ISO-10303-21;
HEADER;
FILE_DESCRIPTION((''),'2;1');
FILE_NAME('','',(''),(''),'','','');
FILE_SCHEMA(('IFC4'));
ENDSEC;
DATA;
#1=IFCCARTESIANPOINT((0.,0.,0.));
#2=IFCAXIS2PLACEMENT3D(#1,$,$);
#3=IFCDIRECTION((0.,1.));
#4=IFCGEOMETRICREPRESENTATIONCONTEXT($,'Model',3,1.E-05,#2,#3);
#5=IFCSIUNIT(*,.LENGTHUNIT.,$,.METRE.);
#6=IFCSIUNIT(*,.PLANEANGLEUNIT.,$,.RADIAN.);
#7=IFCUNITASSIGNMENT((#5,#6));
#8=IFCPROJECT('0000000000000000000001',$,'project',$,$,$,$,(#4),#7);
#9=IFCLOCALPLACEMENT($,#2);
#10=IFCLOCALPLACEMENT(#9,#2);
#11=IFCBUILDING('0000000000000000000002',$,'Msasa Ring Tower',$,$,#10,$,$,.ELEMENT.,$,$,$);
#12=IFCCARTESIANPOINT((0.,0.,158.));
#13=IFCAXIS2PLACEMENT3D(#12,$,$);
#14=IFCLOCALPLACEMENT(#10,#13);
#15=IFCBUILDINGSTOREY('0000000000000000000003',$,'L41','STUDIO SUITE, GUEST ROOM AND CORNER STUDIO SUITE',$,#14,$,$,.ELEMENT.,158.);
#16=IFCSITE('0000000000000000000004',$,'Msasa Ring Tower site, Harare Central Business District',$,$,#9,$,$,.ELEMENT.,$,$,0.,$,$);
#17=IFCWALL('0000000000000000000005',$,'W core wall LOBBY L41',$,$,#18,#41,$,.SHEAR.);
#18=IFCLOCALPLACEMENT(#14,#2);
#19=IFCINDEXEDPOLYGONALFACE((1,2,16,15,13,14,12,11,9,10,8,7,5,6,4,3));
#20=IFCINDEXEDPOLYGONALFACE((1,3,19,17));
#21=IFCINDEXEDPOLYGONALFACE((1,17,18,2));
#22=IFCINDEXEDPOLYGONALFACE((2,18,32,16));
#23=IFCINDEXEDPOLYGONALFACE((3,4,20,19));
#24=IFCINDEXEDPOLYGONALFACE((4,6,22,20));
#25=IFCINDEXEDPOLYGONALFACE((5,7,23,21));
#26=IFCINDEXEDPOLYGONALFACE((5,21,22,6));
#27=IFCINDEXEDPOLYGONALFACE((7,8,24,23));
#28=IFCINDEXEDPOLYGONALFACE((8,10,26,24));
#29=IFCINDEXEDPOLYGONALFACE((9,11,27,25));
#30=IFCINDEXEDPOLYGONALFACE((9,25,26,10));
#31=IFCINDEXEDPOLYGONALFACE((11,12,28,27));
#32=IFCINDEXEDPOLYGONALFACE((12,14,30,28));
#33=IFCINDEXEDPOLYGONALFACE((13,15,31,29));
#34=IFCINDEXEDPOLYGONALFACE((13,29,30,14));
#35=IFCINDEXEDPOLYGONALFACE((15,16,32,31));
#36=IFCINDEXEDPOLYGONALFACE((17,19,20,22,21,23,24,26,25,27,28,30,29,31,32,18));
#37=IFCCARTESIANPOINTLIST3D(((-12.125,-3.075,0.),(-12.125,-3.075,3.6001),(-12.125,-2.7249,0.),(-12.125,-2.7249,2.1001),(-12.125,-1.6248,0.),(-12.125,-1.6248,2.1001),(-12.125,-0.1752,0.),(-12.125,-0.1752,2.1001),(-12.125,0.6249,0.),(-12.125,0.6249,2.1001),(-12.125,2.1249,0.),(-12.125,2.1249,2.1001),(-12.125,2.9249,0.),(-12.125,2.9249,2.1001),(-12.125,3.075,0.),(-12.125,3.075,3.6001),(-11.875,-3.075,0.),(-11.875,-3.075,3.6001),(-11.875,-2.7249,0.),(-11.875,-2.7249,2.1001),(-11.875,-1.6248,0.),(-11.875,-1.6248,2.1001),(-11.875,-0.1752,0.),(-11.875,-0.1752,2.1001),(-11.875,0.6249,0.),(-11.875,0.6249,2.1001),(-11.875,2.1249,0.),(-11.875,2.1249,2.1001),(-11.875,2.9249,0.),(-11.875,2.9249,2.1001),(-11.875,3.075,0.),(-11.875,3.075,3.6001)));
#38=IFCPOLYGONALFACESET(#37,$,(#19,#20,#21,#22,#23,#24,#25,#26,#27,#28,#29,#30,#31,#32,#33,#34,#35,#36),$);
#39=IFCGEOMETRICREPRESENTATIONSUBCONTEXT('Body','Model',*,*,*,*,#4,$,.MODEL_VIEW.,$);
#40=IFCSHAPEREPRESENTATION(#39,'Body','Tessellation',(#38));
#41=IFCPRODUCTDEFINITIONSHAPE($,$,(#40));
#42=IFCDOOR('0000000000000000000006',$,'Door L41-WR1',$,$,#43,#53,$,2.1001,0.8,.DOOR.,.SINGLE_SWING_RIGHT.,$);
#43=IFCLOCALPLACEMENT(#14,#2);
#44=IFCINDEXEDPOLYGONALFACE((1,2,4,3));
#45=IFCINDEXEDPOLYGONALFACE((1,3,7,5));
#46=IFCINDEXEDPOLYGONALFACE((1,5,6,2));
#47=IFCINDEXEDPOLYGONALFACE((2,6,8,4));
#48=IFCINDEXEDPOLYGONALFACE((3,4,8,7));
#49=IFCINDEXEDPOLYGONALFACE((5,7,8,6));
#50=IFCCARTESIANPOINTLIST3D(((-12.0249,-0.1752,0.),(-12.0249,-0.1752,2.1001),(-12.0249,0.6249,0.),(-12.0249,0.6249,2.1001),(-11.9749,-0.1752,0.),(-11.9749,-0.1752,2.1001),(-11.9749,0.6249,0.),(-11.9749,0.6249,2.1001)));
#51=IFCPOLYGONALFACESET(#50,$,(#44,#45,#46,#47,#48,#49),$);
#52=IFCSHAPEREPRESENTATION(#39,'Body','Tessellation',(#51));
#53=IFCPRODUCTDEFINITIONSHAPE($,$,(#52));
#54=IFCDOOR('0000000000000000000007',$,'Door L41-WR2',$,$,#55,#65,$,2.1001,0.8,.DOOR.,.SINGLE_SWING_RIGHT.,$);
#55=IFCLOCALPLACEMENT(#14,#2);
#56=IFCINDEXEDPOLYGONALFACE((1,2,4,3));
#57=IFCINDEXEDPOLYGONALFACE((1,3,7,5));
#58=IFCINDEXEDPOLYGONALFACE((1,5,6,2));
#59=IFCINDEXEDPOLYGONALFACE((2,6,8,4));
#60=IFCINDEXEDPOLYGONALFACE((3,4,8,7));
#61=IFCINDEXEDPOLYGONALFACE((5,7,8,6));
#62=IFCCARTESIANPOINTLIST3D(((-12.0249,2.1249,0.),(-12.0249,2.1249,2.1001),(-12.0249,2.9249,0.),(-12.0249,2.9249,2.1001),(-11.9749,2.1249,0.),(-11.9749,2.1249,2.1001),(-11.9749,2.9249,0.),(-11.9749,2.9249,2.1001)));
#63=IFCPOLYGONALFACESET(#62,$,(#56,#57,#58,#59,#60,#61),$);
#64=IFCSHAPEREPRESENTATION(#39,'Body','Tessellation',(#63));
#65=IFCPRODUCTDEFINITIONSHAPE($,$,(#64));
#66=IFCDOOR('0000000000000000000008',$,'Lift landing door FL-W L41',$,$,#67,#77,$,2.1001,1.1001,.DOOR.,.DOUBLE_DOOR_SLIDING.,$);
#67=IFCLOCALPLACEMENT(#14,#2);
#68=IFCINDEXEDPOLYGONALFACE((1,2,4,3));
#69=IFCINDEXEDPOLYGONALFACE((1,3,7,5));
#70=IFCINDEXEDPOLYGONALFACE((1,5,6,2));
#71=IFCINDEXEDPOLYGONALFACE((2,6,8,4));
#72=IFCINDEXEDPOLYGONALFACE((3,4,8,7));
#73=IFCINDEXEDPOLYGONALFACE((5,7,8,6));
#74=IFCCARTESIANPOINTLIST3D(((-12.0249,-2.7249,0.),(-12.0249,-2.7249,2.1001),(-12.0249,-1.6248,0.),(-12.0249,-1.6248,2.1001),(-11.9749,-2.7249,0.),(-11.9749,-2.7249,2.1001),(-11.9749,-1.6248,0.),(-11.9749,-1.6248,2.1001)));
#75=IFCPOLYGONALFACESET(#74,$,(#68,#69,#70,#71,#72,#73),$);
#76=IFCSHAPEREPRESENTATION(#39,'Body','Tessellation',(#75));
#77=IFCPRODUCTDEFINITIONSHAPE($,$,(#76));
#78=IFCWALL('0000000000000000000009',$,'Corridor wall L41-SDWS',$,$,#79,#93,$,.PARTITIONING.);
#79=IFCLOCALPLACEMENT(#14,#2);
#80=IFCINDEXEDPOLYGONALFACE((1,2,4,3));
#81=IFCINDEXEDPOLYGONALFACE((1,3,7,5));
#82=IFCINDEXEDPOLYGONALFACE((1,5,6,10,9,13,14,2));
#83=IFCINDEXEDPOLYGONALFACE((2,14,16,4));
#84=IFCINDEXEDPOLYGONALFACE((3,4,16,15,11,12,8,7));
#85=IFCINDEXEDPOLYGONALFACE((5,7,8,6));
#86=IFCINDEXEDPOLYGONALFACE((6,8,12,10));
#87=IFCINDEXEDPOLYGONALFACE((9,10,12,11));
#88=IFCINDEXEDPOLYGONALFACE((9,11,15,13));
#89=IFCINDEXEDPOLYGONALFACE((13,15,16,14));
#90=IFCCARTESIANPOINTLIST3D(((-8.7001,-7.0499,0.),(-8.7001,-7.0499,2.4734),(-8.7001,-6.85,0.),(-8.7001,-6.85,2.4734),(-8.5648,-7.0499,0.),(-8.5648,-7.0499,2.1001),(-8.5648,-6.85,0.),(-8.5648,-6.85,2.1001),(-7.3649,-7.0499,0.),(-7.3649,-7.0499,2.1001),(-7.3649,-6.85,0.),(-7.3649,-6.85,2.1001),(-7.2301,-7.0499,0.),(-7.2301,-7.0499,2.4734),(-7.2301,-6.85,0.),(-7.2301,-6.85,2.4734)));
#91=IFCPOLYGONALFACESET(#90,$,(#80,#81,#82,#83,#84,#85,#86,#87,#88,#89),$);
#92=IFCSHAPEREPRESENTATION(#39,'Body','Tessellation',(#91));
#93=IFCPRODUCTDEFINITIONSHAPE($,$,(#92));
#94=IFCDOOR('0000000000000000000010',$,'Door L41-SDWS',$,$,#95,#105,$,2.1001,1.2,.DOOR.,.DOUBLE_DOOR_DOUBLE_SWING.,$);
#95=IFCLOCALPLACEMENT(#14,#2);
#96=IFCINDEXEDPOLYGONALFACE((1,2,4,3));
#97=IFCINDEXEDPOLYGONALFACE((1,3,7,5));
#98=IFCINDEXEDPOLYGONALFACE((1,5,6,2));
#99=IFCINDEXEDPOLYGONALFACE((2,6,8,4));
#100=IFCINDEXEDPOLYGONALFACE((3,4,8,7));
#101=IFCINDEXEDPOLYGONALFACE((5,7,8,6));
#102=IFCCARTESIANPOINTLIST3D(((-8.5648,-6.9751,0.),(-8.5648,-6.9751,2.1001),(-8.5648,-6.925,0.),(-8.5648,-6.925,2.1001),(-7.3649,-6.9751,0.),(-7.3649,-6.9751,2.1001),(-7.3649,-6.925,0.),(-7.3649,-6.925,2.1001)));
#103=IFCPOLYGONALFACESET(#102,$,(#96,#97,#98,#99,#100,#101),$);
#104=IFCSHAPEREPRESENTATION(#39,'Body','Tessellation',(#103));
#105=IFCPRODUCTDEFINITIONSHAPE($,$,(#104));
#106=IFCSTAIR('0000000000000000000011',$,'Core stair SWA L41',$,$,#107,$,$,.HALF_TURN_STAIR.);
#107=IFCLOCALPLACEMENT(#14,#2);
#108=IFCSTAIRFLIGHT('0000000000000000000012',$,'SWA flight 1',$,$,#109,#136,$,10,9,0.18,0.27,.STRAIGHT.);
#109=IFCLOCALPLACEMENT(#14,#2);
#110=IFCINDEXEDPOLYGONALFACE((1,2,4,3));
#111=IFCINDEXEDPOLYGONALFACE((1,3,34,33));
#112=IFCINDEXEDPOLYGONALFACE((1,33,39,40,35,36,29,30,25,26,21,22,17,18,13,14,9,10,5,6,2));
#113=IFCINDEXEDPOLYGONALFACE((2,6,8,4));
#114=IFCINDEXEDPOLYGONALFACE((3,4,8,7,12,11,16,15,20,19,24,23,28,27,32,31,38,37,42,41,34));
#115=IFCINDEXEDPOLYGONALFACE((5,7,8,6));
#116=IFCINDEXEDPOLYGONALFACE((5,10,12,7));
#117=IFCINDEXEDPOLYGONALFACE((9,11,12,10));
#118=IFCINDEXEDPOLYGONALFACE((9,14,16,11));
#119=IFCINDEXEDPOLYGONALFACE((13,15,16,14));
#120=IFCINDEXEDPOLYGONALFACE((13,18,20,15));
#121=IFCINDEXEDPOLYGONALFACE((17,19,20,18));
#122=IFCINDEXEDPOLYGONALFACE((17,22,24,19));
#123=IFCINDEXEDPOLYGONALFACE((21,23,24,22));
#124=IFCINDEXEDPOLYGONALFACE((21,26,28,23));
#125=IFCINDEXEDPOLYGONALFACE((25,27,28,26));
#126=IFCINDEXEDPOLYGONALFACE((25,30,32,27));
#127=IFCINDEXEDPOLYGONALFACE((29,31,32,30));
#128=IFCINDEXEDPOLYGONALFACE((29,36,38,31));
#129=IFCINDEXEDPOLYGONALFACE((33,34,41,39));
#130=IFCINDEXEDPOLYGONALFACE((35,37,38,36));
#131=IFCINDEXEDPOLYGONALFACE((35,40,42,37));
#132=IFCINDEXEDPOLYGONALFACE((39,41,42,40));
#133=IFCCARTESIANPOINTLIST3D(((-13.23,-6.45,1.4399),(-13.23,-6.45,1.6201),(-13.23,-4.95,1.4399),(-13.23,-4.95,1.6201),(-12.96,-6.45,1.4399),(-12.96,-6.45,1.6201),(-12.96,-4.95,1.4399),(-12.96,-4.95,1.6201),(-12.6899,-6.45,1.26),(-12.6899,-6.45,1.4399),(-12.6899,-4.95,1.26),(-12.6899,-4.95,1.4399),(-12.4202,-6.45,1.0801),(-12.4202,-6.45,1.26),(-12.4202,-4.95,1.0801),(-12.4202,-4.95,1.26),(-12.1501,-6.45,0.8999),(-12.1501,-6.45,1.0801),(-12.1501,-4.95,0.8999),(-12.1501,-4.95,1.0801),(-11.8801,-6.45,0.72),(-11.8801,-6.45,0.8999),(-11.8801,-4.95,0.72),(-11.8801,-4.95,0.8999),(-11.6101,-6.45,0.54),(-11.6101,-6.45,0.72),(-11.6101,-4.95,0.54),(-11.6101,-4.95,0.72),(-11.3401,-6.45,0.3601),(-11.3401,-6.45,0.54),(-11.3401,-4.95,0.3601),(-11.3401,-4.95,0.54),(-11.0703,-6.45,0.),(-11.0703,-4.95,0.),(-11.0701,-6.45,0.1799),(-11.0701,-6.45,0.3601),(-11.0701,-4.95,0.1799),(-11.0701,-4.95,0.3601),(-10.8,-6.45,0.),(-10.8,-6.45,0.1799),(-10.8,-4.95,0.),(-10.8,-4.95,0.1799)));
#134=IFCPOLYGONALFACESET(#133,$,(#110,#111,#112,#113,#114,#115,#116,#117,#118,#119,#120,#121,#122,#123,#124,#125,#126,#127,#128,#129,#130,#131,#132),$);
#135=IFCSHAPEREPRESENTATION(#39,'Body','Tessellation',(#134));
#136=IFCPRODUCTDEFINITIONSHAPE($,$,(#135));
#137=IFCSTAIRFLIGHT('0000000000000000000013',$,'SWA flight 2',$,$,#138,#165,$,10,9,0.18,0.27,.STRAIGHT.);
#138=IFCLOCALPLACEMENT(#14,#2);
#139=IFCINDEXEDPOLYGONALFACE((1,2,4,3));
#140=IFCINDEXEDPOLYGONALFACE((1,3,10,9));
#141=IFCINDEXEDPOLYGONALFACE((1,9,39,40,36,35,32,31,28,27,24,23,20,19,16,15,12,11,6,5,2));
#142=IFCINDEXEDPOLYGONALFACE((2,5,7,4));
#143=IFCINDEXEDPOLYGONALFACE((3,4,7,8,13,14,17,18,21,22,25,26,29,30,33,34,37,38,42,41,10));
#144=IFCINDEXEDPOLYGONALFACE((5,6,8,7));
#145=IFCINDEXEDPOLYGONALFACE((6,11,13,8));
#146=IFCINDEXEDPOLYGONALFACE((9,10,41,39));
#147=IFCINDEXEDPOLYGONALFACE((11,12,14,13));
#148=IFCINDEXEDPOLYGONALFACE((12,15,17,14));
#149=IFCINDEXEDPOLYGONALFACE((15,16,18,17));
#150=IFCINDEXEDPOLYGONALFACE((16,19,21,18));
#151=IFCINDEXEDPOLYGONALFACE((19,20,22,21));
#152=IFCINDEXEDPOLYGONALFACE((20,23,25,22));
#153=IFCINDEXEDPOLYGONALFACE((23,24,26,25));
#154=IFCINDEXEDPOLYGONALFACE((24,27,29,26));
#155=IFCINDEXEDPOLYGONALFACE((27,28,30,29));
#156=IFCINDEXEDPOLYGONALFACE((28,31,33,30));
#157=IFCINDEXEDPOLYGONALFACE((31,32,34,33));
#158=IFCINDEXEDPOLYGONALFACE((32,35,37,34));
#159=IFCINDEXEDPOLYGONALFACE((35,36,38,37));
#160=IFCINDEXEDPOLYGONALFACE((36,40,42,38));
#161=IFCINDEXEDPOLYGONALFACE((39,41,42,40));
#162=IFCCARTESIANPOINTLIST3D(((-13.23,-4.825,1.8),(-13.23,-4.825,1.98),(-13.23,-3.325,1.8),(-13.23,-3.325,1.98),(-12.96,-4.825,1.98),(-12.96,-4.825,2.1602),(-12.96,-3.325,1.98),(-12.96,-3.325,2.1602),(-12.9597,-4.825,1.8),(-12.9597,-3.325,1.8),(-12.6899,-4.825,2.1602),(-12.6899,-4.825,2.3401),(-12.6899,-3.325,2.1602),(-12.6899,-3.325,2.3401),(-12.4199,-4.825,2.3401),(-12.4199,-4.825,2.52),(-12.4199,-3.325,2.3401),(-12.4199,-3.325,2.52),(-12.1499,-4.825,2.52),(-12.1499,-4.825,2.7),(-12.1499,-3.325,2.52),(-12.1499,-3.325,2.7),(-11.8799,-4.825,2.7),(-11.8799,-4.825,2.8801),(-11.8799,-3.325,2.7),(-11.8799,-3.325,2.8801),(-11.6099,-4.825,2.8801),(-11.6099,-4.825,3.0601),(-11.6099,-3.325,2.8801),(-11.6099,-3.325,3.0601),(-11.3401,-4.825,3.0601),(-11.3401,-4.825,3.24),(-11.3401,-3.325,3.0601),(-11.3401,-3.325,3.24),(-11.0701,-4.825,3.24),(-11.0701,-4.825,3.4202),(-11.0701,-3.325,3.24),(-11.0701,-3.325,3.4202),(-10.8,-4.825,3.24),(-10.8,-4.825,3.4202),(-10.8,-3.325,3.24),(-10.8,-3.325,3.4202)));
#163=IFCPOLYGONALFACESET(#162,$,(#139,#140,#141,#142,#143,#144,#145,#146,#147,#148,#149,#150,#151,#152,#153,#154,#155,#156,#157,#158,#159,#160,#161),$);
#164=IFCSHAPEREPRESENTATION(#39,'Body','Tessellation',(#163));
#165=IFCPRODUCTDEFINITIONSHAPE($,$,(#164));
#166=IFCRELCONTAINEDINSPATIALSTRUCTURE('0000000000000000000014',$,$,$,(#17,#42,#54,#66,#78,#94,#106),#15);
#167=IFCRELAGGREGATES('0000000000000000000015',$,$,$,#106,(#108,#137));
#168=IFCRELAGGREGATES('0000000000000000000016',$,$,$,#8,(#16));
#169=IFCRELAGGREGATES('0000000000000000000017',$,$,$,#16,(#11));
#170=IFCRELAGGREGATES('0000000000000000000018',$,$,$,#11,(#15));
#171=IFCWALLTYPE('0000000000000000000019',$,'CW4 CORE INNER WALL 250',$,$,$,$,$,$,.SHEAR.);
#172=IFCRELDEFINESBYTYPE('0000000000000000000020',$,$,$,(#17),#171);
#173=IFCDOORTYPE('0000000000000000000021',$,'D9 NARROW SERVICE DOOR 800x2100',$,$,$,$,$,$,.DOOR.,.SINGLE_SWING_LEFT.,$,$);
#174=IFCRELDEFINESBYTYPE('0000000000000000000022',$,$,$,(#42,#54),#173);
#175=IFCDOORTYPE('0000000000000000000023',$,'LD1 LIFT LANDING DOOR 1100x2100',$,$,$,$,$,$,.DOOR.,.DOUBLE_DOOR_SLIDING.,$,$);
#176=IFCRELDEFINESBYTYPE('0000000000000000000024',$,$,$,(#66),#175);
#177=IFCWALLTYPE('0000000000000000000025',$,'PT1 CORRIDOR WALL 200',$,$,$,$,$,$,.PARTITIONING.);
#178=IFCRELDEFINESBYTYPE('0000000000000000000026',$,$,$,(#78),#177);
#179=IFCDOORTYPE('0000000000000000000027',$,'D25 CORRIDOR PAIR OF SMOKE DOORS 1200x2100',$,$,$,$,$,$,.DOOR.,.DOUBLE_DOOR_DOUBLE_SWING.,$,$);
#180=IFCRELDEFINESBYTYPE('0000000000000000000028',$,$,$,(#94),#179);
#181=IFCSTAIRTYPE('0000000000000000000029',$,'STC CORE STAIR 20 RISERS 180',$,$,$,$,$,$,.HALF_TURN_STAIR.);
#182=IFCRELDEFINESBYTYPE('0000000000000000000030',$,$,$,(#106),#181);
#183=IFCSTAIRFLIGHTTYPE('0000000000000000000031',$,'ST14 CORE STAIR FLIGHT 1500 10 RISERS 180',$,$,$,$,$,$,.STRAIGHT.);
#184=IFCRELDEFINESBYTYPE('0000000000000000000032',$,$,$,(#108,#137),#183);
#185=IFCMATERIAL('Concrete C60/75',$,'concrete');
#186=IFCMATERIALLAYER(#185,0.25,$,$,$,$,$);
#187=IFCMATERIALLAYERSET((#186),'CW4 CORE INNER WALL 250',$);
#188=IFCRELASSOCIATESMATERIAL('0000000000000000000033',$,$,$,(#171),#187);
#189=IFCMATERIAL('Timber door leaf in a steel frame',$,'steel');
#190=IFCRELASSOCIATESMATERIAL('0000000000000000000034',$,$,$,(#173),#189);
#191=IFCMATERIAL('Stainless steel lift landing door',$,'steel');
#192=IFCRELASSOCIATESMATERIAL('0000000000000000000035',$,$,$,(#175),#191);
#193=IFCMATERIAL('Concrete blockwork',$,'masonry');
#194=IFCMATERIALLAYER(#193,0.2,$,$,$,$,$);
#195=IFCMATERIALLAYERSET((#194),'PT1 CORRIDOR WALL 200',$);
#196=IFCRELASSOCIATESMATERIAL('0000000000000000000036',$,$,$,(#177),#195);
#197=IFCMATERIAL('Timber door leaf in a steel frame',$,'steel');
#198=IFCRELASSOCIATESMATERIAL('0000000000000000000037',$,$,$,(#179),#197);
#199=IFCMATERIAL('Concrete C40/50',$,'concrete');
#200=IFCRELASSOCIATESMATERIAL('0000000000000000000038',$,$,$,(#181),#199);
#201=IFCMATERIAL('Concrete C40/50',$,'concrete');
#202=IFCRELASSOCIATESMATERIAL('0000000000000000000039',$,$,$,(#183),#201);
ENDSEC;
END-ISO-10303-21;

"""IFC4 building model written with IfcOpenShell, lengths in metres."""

from ifc_helpers import new_model, si_unit, direction, frame, frame_2d, origin, place, context, subcontext, project, spatial, polyline, rectangle, outline, extrude, material, layer, layer_set, type_object, element, fill, aggregate, save


model = new_model("IFC4")

# Units and contexts
model_context = context("Model", 3, precision=1e-05, world=origin(), true_north=direction((0.0, 1.0)))
body_context = subcontext(model_context, "Body", "Model", "MODEL_VIEW")
ifc_project = project(units=[si_unit("LENGTHUNIT", "METRE"), si_unit("PLANEANGLEUNIT", "RADIAN")], contexts=[model_context])

# Site, building, storey
site_placement = place(None, origin())
site = spatial("IfcSite", under=ifc_project, at=site_placement, Name="Msasa Ring Tower site, Harare Central Business District", CompositionType="ELEMENT", RefElevation=0.0)
building_placement = place(site_placement, origin())
building = spatial("IfcBuilding", under=site, at=building_placement, Name="Msasa Ring Tower", CompositionType="ELEMENT")
storey_placement = place(building_placement, frame((0.0, 0.0, 158.0)))
storey = spatial("IfcBuildingStorey", under=building, at=storey_placement, Name="L41", Description="STUDIO SUITE, GUEST ROOM AND CORNER STUDIO SUITE", CompositionType="ELEMENT", Elevation=158.0)

# Shared definitions
ifc_material_1 = material(Name="Concrete C60/75", Category="concrete")
ifc_layer_1 = layer(ifc_material_1, 0.25)
ifc_layer_set_1 = layer_set([ifc_layer_1], Name="CW4 CORE INNER WALL 250")
wall_type_1 = type_object("IfcWallType", Name="CW4 CORE INNER WALL 250", PredefinedType="SHEAR", material=ifc_layer_set_1)

# Wall, openings, doors
wall_1_placement = place(storey_placement, frame((-12.0, -3.075, 0.0), z_axis=(0.0, 0.0, 1.0), x_axis=(0.0, 1.0, 0.0)))
wall_1 = element("IfcWall", 1, at=wall_1_placement, inside=storey, type_object=wall_type_1, Name="W core wall LOBBY L41", PredefinedType="SHEAR", context=body_context, shape_type="SweptSolid", body=[
    extrude(rectangle(XDim=6.1499, YDim=0.25, at=frame_2d((3.075, 0.0))), origin(), (0.0, 0.0, 1.0), 3.6001),
])
opening_1_placement = place(wall_1_placement, frame((2.8999, 0.0, 0.0)))
opening_1 = element("IfcOpeningElement", 2, at=opening_1_placement, cuts=wall_1, PredefinedType="OPENING", context=body_context, shape_type="SweptSolid", body=[
    extrude(rectangle(XDim=0.8, YDim=2.1001, at=frame_2d((0.3999, 1.05))), frame((0.0, 0.135, 0.0), z_axis=(0.0, -1.0, 0.0), x_axis=(1.0, 0.0, 0.0)), (0.0, 0.0, 1.0), 0.27),
])
opening_2_placement = place(wall_1_placement, frame((5.2, 0.0, 0.0)))
opening_2 = element("IfcOpeningElement", 3, at=opening_2_placement, cuts=wall_1, PredefinedType="OPENING", context=body_context, shape_type="SweptSolid", body=[
    extrude(rectangle(XDim=0.8, YDim=2.1001, at=frame_2d((0.3999, 1.05))), frame((0.0, 0.135, 0.0), z_axis=(0.0, -1.0, 0.0), x_axis=(1.0, 0.0, 0.0)), (0.0, 0.0, 1.0), 0.27),
])
opening_3_placement = place(wall_1_placement, frame((0.3501, 0.0, 0.0)))
opening_3 = element("IfcOpeningElement", 4, at=opening_3_placement, cuts=wall_1, PredefinedType="OPENING", context=body_context, shape_type="SweptSolid", body=[
    extrude(rectangle(XDim=1.1001, YDim=2.1001, at=frame_2d((0.55, 1.05))), frame((0.0, 0.135, 0.0), z_axis=(0.0, -1.0, 0.0), x_axis=(1.0, 0.0, 0.0)), (0.0, 0.0, 1.0), 0.27),
])
ifc_material_2 = material(Name="Timber door leaf in a steel frame", Category="steel")
door_type_1 = type_object("IfcDoorType", Name="D9 NARROW SERVICE DOOR 800x2100", OperationType="SINGLE_SWING_LEFT", PredefinedType="DOOR", material=ifc_material_2)
door_1_placement = place(opening_1_placement, origin())
door_1 = element("IfcDoor", 5, at=door_1_placement, inside=storey, type_object=door_type_1, Name="Door L41-WR1", OperationType="SINGLE_SWING_RIGHT", OverallHeight=2.1001, OverallWidth=0.8, PredefinedType="DOOR", context=body_context, shape_type="SweptSolid", body=[
    extrude(rectangle(XDim=0.8, YDim=2.1001, at=frame_2d((0.3999, 1.05))), frame((0.0, 0.0249, 0.0), z_axis=(0.0, -1.0, 0.0), x_axis=(1.0, 0.0, 0.0)), (0.0, 0.0, 1.0), 0.05),
])
fill(opening_1, door_1)
door_2_placement = place(opening_2_placement, origin())
door_2 = element("IfcDoor", 6, at=door_2_placement, inside=storey, type_object=door_type_1, Name="Door L41-WR2", OperationType="SINGLE_SWING_RIGHT", OverallHeight=2.1001, OverallWidth=0.8, PredefinedType="DOOR", context=body_context, shape_type="SweptSolid", body=[
    extrude(rectangle(XDim=0.8, YDim=2.1001, at=frame_2d((0.3999, 1.05))), frame((0.0, 0.0249, 0.0), z_axis=(0.0, -1.0, 0.0), x_axis=(1.0, 0.0, 0.0)), (0.0, 0.0, 1.0), 0.05),
])
fill(opening_2, door_2)
ifc_material_3 = material(Name="Stainless steel lift landing door", Category="steel")
door_type_2 = type_object("IfcDoorType", Name="LD1 LIFT LANDING DOOR 1100x2100", OperationType="DOUBLE_DOOR_SLIDING", PredefinedType="DOOR", material=ifc_material_3)
door_3_placement = place(opening_3_placement, origin())
door_3 = element("IfcDoor", 7, at=door_3_placement, inside=storey, type_object=door_type_2, Name="Lift landing door FL-W L41", OperationType="DOUBLE_DOOR_SLIDING", OverallHeight=2.1001, OverallWidth=1.1001, PredefinedType="DOOR", context=body_context, shape_type="SweptSolid", body=[
    extrude(rectangle(XDim=1.1001, YDim=2.1001, at=frame_2d((0.55, 1.05))), frame((0.0, 0.0249, 0.0), z_axis=(0.0, -1.0, 0.0), x_axis=(1.0, 0.0, 0.0)), (0.0, 0.0, 1.0), 0.05),
])
fill(opening_3, door_3)

# Wall, opening, door
ifc_material_4 = material(Name="Concrete blockwork", Category="masonry")
ifc_layer_2 = layer(ifc_material_4, 0.2)
ifc_layer_set_2 = layer_set([ifc_layer_2], Name="PT1 CORRIDOR WALL 200")
wall_type_2 = type_object("IfcWallType", Name="PT1 CORRIDOR WALL 200", PredefinedType="PARTITIONING", material=ifc_layer_set_2)
wall_2_placement = place(storey_placement, frame((-8.7, -6.95, 0.0), z_axis=(0.0, 0.0, 1.0), x_axis=(1.0, 0.0, 0.0)))
wall_2 = element("IfcWall", 8, at=wall_2_placement, inside=storey, type_object=wall_type_2, Name="Corridor wall L41-SDWS", PredefinedType="PARTITIONING", context=body_context, shape_type="SweptSolid", body=[
    extrude(rectangle(XDim=1.47, YDim=0.2, at=frame_2d((0.7349, 0.0))), origin(), (0.0, 0.0, 1.0), 2.4734),
])
opening_4_placement = place(wall_2_placement, frame((0.135, 0.0, 0.0)))
opening_4 = element("IfcOpeningElement", 9, at=opening_4_placement, cuts=wall_2, PredefinedType="OPENING", context=body_context, shape_type="SweptSolid", body=[
    extrude(rectangle(XDim=1.2, YDim=2.1001, at=frame_2d((0.6001, 1.05))), frame((0.0, 0.1099, 0.0), z_axis=(0.0, -1.0, 0.0), x_axis=(1.0, 0.0, 0.0)), (0.0, 0.0, 1.0), 0.22),
])
ifc_material_5 = material(Name="Timber door leaf in a steel frame", Category="steel")
door_type_3 = type_object("IfcDoorType", Name="D25 CORRIDOR PAIR OF SMOKE DOORS 1200x2100", OperationType="DOUBLE_DOOR_DOUBLE_SWING", PredefinedType="DOOR", material=ifc_material_5)
door_4_placement = place(opening_4_placement, origin())
door_4 = element("IfcDoor", 10, at=door_4_placement, inside=storey, type_object=door_type_3, Name="Door L41-SDWS", OperationType="DOUBLE_DOOR_DOUBLE_SWING", OverallHeight=2.1001, OverallWidth=1.2, PredefinedType="DOOR", context=body_context, shape_type="SweptSolid", body=[
    extrude(rectangle(XDim=1.2, YDim=2.1001, at=frame_2d((0.6001, 1.05))), frame((0.0, 0.0249, 0.0), z_axis=(0.0, -1.0, 0.0), x_axis=(1.0, 0.0, 0.0)), (0.0, 0.0, 1.0), 0.05),
])
fill(opening_4, door_4)

# Stair, stair flights
ifc_material_6 = material(Name="Concrete C40/50", Category="concrete")
stair_type = type_object("IfcStairType", Name="STC CORE STAIR 20 RISERS 180", PredefinedType="HALF_TURN_STAIR", material=ifc_material_6)
stair_placement = place(storey_placement, origin())
stair = element("IfcStair", 11, at=stair_placement, inside=storey, type_object=stair_type, Name="Core stair SWA L41", PredefinedType="HALF_TURN_STAIR")
ifc_material_7 = material(Name="Concrete C40/50", Category="concrete")
stair_flight_type = type_object("IfcStairFlightType", Name="ST14 CORE STAIR FLIGHT 1500 10 RISERS 180", PredefinedType="STRAIGHT", material=ifc_material_7)
stair_flight_1_placement = place(storey_placement, frame((-10.8, -5.7, 0.0), z_axis=(0.0, 0.0, 1.0), x_axis=(-1.0, 0.0, 0.0)))
stair_flight_1 = element("IfcStairFlight", 12, at=stair_flight_1_placement, type_object=stair_flight_type, Name="SWA flight 1", NumberOfRisers=10, NumberOfTreads=9, PredefinedType="STRAIGHT", RiserHeight=0.18, TreadLength=0.27, context=body_context, shape_type="SweptSolid", body=[
    extrude(outline(polyline([(0.0, 0.0), (0.0, 0.1799), (0.27, 0.1799), (0.27, 0.3601), (0.54, 0.3601), (0.54, 0.54), (0.8101, 0.54), (0.8101, 0.72), (1.0801, 0.72), (1.0801, 0.8999), (1.3501, 0.8999), (1.3501, 1.0801), (1.6201, 1.0801), (1.6201, 1.26), (1.8899, 1.26), (1.8899, 1.4399), (2.1599, 1.4399), (2.1599, 1.6201), (2.4299, 1.6201), (2.4299, 1.8), (2.4299, 1.4399), (0.2703, 0.0), (0.0, 0.0)])), frame((0.0, 0.75, 0.0), z_axis=(0.0, -1.0, 0.0), x_axis=(1.0, 0.0, 0.0)), (0.0, 0.0, 1.0), 1.5),
])
stair_flight_2_placement = place(storey_placement, frame((-13.23, -4.075, 1.8), z_axis=(0.0, 0.0, 1.0), x_axis=(1.0, 0.0, 0.0)))
stair_flight_2 = element("IfcStairFlight", 13, at=stair_flight_2_placement, type_object=stair_flight_type, Name="SWA flight 2", NumberOfRisers=10, NumberOfTreads=9, PredefinedType="STRAIGHT", RiserHeight=0.18, TreadLength=0.27, context=body_context, shape_type="SweptSolid", body=[
    extrude(outline(polyline([(0.0, 0.0), (0.0, 0.1799), (0.27, 0.1799), (0.27, 0.3601), (0.54, 0.3601), (0.54, 0.54), (0.8101, 0.54), (0.8101, 0.72), (1.0801, 0.72), (1.0801, 0.8999), (1.3501, 0.8999), (1.3501, 1.0801), (1.6201, 1.0801), (1.6201, 1.26), (1.8899, 1.26), (1.8899, 1.4399), (2.1599, 1.4399), (2.1599, 1.6201), (2.4299, 1.6201), (2.4299, 1.8), (2.4299, 1.4399), (0.2703, 0.0), (0.0, 0.0)])), frame((0.0, 0.75, 0.0), z_axis=(0.0, -1.0, 0.0), x_axis=(1.0, 0.0, 0.0)), (0.0, 0.0, 1.0), 1.5),
])
aggregate(stair, [stair_flight_1, stair_flight_2])

save(model, "model.ifc")
